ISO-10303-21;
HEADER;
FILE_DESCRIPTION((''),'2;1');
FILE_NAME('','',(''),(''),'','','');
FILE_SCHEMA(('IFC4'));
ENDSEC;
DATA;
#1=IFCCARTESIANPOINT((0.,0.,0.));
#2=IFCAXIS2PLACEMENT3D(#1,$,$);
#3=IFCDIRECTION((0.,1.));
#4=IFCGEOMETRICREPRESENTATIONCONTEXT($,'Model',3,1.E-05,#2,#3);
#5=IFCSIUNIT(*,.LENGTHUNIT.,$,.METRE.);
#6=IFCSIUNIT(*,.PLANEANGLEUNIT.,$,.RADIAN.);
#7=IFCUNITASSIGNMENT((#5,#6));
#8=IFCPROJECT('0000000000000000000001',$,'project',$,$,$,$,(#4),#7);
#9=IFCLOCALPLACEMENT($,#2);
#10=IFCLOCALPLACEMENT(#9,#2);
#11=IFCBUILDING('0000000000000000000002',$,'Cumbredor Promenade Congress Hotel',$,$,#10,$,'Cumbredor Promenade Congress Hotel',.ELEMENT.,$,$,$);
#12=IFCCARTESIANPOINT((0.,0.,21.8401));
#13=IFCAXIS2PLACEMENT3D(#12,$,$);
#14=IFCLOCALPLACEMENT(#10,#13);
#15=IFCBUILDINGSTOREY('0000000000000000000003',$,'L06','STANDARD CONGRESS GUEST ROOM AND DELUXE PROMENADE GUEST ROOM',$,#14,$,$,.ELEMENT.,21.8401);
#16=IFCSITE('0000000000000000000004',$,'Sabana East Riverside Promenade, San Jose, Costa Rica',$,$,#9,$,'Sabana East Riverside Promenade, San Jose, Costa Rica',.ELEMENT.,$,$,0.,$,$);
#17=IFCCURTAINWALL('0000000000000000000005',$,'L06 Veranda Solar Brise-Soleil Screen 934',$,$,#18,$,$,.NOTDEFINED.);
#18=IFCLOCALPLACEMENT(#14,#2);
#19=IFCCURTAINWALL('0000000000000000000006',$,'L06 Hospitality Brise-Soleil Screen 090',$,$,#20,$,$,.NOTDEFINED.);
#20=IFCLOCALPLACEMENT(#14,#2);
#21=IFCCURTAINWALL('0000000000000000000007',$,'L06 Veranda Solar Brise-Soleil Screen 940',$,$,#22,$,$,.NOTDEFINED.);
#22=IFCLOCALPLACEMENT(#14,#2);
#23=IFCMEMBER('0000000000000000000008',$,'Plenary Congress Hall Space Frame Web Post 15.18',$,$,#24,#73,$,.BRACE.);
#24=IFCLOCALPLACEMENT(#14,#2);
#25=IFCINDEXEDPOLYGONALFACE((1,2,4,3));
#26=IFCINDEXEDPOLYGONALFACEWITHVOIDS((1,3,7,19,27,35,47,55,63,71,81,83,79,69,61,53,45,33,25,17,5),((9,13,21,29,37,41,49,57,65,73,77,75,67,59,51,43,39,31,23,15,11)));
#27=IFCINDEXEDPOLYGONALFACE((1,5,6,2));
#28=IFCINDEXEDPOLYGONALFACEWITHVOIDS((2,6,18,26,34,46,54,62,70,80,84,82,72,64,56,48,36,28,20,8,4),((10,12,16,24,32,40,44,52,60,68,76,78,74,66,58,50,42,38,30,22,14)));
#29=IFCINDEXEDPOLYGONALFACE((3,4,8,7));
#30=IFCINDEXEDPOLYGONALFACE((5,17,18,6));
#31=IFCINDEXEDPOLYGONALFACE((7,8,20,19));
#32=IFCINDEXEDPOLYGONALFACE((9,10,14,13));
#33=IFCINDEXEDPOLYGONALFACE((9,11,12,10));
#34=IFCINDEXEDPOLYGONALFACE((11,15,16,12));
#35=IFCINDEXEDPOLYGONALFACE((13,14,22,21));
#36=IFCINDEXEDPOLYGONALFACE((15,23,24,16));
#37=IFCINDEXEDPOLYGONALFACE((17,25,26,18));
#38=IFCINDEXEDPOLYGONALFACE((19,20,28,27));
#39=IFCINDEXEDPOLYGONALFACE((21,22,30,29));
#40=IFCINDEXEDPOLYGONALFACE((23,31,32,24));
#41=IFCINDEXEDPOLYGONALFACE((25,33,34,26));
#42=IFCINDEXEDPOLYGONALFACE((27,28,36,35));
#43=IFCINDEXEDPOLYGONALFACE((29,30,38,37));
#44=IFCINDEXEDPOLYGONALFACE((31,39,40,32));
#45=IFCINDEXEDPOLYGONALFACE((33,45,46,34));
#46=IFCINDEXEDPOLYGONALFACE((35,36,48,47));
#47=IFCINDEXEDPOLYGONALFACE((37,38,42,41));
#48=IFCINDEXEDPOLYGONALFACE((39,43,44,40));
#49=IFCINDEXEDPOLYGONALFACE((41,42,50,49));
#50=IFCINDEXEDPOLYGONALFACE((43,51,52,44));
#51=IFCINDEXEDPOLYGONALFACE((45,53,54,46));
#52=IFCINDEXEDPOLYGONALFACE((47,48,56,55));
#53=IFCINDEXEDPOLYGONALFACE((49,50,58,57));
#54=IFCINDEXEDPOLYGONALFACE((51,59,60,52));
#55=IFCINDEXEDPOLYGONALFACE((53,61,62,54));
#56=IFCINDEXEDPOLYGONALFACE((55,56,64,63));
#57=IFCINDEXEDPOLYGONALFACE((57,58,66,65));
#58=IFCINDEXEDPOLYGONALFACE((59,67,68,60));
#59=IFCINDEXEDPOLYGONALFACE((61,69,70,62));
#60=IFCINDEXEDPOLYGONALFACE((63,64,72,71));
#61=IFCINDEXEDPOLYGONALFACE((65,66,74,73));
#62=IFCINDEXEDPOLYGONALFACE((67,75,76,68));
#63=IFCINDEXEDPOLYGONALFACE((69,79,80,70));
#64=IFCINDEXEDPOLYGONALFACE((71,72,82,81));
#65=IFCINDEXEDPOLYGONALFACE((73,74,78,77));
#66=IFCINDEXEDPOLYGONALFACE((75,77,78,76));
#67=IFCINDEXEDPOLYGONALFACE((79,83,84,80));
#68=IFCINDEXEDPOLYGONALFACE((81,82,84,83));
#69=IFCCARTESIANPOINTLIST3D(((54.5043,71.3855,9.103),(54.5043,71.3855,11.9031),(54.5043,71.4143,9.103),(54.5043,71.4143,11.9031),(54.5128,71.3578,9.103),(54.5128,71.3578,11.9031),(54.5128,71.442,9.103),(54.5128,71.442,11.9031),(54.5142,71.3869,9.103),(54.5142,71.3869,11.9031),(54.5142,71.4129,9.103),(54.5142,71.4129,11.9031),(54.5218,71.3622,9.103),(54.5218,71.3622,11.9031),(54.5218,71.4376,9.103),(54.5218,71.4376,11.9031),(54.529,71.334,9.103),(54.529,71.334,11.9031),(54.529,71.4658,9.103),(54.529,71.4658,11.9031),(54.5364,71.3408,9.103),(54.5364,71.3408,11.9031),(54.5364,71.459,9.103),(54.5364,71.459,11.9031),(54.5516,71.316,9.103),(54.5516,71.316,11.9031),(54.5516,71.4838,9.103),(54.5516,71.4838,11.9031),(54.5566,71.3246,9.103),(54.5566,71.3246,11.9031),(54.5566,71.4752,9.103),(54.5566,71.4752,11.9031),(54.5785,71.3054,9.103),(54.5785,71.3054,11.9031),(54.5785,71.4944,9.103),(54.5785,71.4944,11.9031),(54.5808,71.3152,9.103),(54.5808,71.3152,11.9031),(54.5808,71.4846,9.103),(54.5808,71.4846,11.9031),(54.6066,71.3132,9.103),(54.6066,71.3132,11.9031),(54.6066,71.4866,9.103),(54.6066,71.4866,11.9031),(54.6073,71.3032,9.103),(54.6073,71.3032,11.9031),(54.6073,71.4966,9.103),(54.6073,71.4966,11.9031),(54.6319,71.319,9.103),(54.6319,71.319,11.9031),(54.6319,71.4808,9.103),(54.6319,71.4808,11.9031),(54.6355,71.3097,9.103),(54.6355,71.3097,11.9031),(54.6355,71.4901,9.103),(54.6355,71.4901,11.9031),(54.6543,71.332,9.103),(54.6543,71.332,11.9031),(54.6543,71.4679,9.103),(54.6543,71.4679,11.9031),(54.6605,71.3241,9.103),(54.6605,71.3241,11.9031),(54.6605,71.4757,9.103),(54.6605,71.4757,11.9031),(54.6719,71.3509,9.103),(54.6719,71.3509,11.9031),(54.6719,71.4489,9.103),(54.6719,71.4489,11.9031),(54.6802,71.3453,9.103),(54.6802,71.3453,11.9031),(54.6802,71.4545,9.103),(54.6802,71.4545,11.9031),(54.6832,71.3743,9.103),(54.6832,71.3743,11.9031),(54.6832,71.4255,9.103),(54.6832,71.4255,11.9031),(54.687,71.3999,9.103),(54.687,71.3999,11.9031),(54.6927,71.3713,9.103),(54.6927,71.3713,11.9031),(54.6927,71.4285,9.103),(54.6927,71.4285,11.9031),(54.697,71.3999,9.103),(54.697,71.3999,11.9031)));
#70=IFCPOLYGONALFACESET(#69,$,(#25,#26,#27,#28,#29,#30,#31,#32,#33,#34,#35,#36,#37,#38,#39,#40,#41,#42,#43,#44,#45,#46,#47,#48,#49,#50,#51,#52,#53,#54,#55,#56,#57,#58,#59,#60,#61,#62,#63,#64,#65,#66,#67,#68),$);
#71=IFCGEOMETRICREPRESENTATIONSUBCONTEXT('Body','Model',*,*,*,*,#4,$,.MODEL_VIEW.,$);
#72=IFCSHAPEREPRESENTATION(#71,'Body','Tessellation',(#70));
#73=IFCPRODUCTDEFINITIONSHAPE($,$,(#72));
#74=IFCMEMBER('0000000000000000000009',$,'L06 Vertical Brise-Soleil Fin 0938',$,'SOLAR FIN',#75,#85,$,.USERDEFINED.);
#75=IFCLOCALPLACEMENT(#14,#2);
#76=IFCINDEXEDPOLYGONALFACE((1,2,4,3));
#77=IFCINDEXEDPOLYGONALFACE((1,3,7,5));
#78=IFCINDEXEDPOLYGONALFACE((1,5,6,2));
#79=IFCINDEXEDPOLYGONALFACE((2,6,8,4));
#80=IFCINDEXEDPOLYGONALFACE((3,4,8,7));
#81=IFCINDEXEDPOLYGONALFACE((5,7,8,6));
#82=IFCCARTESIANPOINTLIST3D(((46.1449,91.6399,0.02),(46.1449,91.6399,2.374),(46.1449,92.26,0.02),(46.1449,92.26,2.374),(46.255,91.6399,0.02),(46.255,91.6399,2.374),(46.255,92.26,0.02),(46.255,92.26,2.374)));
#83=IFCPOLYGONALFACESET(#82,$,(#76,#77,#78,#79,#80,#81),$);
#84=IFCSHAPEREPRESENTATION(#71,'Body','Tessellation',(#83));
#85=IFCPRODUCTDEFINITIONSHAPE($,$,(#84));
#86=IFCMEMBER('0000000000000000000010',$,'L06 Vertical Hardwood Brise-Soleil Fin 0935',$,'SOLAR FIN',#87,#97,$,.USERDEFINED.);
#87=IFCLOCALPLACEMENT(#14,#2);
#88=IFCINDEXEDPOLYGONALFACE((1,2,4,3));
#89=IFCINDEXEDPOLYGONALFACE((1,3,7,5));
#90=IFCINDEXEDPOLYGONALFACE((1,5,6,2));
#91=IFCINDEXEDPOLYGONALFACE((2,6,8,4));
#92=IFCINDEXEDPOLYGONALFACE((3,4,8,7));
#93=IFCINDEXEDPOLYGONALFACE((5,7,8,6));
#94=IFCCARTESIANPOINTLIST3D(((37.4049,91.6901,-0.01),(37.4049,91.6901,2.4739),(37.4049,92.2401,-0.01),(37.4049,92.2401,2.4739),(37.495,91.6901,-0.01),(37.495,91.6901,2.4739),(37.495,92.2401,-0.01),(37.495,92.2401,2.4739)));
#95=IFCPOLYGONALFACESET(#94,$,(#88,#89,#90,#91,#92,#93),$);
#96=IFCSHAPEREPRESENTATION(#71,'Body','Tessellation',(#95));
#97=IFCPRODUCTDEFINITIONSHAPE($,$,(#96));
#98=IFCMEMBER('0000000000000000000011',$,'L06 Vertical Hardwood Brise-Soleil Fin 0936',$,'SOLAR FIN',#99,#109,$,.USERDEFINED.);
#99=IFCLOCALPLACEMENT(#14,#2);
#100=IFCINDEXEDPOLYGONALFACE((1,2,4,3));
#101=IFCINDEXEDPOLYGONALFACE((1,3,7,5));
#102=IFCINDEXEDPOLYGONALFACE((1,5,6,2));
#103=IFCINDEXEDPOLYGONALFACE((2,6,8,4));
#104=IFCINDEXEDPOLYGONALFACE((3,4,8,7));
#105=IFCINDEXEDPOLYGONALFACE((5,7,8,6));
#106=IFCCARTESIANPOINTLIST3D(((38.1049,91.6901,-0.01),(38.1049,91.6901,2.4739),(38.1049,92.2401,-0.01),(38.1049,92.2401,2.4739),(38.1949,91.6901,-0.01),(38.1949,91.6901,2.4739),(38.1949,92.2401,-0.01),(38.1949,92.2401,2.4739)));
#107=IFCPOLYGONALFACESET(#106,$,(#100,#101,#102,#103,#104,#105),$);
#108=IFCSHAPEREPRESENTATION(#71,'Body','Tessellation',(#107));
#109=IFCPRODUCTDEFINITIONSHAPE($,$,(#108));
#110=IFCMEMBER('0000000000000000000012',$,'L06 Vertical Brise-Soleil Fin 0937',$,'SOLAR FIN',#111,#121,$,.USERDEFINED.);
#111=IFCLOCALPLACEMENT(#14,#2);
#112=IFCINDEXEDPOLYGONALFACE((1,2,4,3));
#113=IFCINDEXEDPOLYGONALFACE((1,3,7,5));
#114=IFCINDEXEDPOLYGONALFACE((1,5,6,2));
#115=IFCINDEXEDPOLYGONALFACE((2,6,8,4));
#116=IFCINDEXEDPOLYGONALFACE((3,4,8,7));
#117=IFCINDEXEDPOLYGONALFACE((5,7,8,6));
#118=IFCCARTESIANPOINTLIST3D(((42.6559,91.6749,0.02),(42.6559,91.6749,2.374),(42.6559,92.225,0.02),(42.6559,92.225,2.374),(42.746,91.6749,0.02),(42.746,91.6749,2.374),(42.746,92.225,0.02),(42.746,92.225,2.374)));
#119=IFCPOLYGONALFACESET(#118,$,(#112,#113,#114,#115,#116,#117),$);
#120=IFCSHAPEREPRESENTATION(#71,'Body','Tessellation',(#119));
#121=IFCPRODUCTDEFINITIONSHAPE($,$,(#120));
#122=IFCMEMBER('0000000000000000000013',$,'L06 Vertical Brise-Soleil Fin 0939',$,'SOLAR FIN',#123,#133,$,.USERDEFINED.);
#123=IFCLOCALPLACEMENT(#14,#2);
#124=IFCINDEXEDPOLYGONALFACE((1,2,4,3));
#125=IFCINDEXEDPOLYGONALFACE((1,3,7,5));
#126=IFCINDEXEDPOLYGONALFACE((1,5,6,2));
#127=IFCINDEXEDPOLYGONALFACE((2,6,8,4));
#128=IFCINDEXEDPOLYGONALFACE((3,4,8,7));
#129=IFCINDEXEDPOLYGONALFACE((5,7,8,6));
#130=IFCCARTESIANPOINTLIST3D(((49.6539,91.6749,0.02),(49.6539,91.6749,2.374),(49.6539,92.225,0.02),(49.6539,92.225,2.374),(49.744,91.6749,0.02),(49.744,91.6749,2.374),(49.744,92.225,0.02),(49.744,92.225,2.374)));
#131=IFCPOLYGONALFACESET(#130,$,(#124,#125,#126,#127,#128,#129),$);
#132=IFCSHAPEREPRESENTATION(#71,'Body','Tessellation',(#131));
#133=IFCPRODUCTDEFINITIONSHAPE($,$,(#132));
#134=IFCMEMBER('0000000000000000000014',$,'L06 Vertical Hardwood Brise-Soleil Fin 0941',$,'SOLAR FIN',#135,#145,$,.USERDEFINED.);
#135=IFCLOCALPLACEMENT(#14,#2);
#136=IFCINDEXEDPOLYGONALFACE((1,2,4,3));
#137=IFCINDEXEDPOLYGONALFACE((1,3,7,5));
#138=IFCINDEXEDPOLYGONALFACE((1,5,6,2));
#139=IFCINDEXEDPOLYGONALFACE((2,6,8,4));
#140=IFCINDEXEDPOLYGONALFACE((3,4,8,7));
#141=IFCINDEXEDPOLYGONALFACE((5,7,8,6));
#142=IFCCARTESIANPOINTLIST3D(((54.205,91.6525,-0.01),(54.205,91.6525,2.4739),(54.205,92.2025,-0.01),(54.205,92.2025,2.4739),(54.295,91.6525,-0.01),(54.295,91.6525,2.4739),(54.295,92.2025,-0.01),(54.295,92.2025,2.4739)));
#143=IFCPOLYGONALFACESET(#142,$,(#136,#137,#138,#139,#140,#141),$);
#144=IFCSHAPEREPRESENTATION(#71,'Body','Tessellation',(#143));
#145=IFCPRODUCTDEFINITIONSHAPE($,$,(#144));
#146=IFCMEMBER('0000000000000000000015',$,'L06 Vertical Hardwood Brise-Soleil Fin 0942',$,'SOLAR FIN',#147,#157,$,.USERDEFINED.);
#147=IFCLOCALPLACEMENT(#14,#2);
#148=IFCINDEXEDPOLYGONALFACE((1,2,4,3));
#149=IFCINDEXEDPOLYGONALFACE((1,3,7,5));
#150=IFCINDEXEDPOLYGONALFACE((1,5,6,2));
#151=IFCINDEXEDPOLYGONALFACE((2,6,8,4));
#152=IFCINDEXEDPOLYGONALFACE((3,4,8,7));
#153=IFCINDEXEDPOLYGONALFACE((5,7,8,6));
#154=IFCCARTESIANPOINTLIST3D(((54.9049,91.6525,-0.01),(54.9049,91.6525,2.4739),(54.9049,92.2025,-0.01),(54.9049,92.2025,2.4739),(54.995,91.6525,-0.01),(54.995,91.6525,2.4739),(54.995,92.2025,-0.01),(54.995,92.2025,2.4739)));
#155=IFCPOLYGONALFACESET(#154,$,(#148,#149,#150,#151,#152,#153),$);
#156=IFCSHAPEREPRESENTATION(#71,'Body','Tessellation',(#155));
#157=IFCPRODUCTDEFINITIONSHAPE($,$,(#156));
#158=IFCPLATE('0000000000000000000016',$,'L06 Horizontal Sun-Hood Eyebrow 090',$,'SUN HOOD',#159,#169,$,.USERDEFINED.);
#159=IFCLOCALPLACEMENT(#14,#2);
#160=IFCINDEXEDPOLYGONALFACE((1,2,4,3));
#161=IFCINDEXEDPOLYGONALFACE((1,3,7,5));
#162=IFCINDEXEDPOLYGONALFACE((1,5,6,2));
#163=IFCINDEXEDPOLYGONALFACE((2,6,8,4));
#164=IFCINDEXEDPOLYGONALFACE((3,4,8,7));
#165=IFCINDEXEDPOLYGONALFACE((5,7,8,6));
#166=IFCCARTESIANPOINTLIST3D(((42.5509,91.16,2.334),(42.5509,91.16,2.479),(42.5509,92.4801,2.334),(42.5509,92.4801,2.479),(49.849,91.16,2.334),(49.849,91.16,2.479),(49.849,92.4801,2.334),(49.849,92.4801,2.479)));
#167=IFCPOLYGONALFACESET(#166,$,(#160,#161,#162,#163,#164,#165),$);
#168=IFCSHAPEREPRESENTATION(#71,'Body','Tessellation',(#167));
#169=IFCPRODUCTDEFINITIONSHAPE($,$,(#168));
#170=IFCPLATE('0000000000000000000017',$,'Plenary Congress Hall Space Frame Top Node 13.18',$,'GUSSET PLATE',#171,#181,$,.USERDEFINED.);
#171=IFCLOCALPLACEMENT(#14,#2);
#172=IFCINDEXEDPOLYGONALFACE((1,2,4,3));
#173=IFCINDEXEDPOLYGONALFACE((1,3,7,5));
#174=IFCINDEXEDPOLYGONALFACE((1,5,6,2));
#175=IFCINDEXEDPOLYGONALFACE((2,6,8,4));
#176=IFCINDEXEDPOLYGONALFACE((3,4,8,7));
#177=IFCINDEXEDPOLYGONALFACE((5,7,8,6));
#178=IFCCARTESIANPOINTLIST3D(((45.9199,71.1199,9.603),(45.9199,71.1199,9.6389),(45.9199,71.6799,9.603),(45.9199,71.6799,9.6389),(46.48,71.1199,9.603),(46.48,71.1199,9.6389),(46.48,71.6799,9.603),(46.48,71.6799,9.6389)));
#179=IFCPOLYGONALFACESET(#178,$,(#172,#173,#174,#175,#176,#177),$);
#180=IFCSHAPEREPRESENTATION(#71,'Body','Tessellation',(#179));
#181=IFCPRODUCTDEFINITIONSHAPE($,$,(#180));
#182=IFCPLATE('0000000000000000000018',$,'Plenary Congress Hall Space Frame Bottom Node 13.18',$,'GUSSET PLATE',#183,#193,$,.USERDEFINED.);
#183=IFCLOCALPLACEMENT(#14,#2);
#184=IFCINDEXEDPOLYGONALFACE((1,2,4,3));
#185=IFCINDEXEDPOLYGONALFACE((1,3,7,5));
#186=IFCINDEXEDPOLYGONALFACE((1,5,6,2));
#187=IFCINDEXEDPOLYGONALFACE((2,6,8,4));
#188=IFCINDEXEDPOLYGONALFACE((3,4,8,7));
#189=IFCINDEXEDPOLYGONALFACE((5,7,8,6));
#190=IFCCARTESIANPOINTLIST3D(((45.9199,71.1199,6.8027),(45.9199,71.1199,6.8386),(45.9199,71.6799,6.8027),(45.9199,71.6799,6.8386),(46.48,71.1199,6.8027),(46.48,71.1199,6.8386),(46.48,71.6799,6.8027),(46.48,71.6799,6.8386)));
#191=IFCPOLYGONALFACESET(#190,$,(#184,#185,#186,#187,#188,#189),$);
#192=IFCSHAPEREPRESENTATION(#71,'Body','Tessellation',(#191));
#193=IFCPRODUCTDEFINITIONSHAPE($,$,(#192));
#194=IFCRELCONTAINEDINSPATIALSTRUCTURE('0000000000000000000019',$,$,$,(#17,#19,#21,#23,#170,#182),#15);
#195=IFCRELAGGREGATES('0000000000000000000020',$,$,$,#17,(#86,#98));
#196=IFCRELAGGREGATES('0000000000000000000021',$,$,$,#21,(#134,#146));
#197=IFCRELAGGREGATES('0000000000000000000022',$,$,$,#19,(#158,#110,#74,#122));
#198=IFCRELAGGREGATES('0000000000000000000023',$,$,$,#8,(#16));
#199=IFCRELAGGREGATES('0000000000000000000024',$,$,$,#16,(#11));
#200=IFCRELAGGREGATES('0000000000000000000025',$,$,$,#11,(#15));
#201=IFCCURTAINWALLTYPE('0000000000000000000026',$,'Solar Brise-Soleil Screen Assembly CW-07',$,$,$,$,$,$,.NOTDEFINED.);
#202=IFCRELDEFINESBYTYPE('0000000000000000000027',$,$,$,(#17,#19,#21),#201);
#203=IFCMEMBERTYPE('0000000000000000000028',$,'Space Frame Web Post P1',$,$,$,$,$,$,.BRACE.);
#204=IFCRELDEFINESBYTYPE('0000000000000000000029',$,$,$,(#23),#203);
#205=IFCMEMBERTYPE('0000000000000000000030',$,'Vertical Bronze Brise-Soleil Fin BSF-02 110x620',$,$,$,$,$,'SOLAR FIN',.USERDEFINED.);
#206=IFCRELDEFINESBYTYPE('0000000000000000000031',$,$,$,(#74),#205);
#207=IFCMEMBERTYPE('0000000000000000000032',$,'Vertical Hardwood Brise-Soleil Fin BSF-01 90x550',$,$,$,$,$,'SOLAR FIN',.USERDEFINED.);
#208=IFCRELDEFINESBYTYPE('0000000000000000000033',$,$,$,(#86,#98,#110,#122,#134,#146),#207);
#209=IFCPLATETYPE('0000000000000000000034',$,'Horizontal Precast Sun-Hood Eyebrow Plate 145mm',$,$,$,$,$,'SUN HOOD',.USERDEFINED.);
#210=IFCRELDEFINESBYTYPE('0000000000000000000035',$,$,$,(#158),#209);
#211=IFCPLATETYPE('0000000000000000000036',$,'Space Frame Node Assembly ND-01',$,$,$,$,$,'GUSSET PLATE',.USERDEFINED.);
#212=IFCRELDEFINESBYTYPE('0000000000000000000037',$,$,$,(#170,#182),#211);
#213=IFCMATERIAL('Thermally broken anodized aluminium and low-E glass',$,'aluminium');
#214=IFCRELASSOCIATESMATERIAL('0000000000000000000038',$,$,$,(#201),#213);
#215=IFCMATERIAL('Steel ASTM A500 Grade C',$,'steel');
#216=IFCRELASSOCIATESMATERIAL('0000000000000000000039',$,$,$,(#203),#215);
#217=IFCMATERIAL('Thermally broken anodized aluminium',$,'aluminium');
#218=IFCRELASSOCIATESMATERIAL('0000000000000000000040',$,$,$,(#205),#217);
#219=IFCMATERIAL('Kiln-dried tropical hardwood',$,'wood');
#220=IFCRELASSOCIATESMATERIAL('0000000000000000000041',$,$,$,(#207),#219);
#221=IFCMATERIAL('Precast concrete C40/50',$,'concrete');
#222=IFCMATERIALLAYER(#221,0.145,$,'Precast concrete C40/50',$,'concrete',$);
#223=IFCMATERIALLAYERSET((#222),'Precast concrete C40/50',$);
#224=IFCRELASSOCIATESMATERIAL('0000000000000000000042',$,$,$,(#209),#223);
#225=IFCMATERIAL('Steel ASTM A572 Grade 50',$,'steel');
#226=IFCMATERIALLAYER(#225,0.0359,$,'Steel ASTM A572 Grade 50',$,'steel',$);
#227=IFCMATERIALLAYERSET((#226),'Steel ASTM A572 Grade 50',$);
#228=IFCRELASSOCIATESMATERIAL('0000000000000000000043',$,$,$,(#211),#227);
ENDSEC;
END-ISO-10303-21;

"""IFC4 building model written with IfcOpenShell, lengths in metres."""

from ifc_helpers import new_model, si_unit, direction, frame, origin, origin_2d, place, context, subcontext, project, spatial, rectangle, hollow_circle, extrude, material, layer, layer_set, material_profile, profile_set, type_object, element, aggregate, save


model = new_model("IFC4")

# Units and contexts
model_context = context("Model", 3, precision=1e-05, world=origin(), true_north=direction((0.0, 1.0)))
body_context = subcontext(model_context, "Body", "Model", "MODEL_VIEW")
ifc_project = project(units=[si_unit("LENGTHUNIT", "METRE"), si_unit("PLANEANGLEUNIT", "RADIAN")], contexts=[model_context])

# Site, building, storey
site_placement = place(None, origin())
site = spatial("IfcSite", under=ifc_project, at=site_placement, Name="Sabana East Riverside Promenade, San Jose, Costa Rica", LongName="Sabana East Riverside Promenade, San Jose, Costa Rica", CompositionType="ELEMENT", RefElevation=0.0)
building_placement = place(site_placement, origin())
building = spatial("IfcBuilding", under=site, at=building_placement, Name="Cumbredor Promenade Congress Hotel", LongName="Cumbredor Promenade Congress Hotel", CompositionType="ELEMENT")
storey_placement = place(building_placement, frame((0.0, 0.0, 21.8401)))
storey = spatial("IfcBuildingStorey", under=building, at=storey_placement, Name="L06", Description="STANDARD CONGRESS GUEST ROOM AND DELUXE PROMENADE GUEST ROOM", CompositionType="ELEMENT", Elevation=21.8401)

# Curtain walls
ifc_material_1 = material(Name="Thermally broken anodized aluminium and low-E glass", Category="aluminium")
curtain_wall_type = type_object("IfcCurtainWallType", Name="Solar Brise-Soleil Screen Assembly CW-07", PredefinedType="NOTDEFINED", material=ifc_material_1)
curtain_wall_1_placement = place(storey_placement, origin())
curtain_wall_1 = element("IfcCurtainWall", 1, at=curtain_wall_1_placement, inside=storey, type_object=curtain_wall_type, Name="L06 Veranda Solar Brise-Soleil Screen 934", PredefinedType="NOTDEFINED")
ifc_material_2 = material(Name="Thermally broken anodized aluminium", Category="aluminium")
curtain_wall_2_placement = place(storey_placement, origin())
curtain_wall_2 = element("IfcCurtainWall", 2, at=curtain_wall_2_placement, inside=storey, type_object=curtain_wall_type, Name="L06 Hospitality Brise-Soleil Screen 090", PredefinedType="NOTDEFINED")
curtain_wall_3_placement = place(storey_placement, origin())
curtain_wall_3 = element("IfcCurtainWall", 3, at=curtain_wall_3_placement, inside=storey, type_object=curtain_wall_type, Name="L06 Veranda Solar Brise-Soleil Screen 940", PredefinedType="NOTDEFINED")

# Member
ifc_material_3 = material(Name="Steel ASTM A500 Grade C", Category="steel")
ifc_material_profile_1 = material_profile(ifc_material_3, hollow_circle(Radius=0.0969, WallThickness=0.01, at=origin_2d()), Name="CHS 193.7x10")
ifc_profile_set_1 = profile_set([ifc_material_profile_1], Name="Steel ASTM A500 Grade C")
member_type_1 = type_object("IfcMemberType", Name="Space Frame Web Post P1", PredefinedType="BRACE", material=ifc_profile_set_1)
for number, where, z_axis, x_axis, name in (
    (4, (54.6001, 71.3999, 9.103), (0.0, 0.0, 1.0), (1.0, 0.0, 0.0), "Plenary Congress Hall Space Frame Web Post 15.18"),
):
    element("IfcMember", number, at=place(storey_placement, frame(where, z_axis=z_axis, x_axis=x_axis)), inside=storey, type_object=member_type_1, Name=name, PredefinedType="BRACE", context=body_context, shape_type="SweptSolid", body=[
        extrude(hollow_circle(Radius=0.0969, WallThickness=0.01, at=origin_2d()), origin(), (0.0, 0.0, 1.0), 2.8),
    ])

# Members
ifc_material_profile_2 = material_profile(ifc_material_2, rectangle(XDim=0.1101, YDim=0.6201, at=origin_2d()), Name="ARCH FIN 110x620")
ifc_profile_set_2 = profile_set([ifc_material_profile_2], Name="Thermally broken anodized aluminium")
member_type_2 = type_object("IfcMemberType", Name="Vertical Bronze Brise-Soleil Fin BSF-02 110x620", ElementType="SOLAR FIN", PredefinedType="USERDEFINED", material=ifc_profile_set_2)
member_1_placement = place(storey_placement, frame((46.2, 91.95, 0.02), z_axis=(0.0, 0.0, 1.0), x_axis=(1.0, 0.0, 0.0)))
member_1 = element("IfcMember", 5, at=member_1_placement, type_object=member_type_2, Name="L06 Vertical Brise-Soleil Fin 0938", ObjectType="SOLAR FIN", PredefinedType="USERDEFINED", context=body_context, shape_type="SweptSolid", body=[
    extrude(rectangle(XDim=0.1101, YDim=0.6201, at=origin_2d()), origin(), (0.0, 0.0, 1.0), 2.354),
])
ifc_material_4 = material(Name="Kiln-dried tropical hardwood", Category="wood")
ifc_material_profile_3 = material_profile(ifc_material_4, rectangle(XDim=0.0901, YDim=0.55, at=origin_2d()), Name="ARCH FIN 90x550")
ifc_profile_set_3 = profile_set([ifc_material_profile_3], Name="Kiln-dried tropical hardwood")
member_type_3 = type_object("IfcMemberType", Name="Vertical Hardwood Brise-Soleil Fin BSF-01 90x550", ElementType="SOLAR FIN", PredefinedType="USERDEFINED", material=ifc_profile_set_3)
member_2_placement = place(storey_placement, frame((37.45, 91.9651, -0.01), z_axis=(0.0, 0.0, 1.0), x_axis=(1.0, 0.0, 0.0)))
member_2 = element("IfcMember", 6, at=member_2_placement, type_object=member_type_3, Name="L06 Vertical Hardwood Brise-Soleil Fin 0935", ObjectType="SOLAR FIN", PredefinedType="USERDEFINED", context=body_context, shape_type="SweptSolid", body=[
    extrude(rectangle(XDim=0.0901, YDim=0.55, at=origin_2d()), origin(), (0.0, 0.0, 1.0), 2.4839),
])
member_3_placement = place(storey_placement, frame((38.1499, 91.9651, -0.01), z_axis=(0.0, 0.0, 1.0), x_axis=(1.0, 0.0, 0.0)))
member_3 = element("IfcMember", 7, at=member_3_placement, type_object=member_type_3, Name="L06 Vertical Hardwood Brise-Soleil Fin 0936", ObjectType="SOLAR FIN", PredefinedType="USERDEFINED", context=body_context, shape_type="SweptSolid", body=[
    extrude(rectangle(XDim=0.0901, YDim=0.55, at=origin_2d()), origin(), (0.0, 0.0, 1.0), 2.4839),
])
aggregate(curtain_wall_1, [member_2, member_3])
member_4_placement = place(storey_placement, frame((42.7009, 91.95, 0.02), z_axis=(0.0, 0.0, 1.0), x_axis=(1.0, 0.0, 0.0)))
member_4 = element("IfcMember", 8, at=member_4_placement, type_object=member_type_3, Name="L06 Vertical Brise-Soleil Fin 0937", ObjectType="SOLAR FIN", PredefinedType="USERDEFINED", context=body_context, shape_type="SweptSolid", body=[
    extrude(rectangle(XDim=0.0901, YDim=0.55, at=origin_2d()), origin(), (0.0, 0.0, 1.0), 2.354),
])
member_5_placement = place(storey_placement, frame((49.699, 91.95, 0.02), z_axis=(0.0, 0.0, 1.0), x_axis=(1.0, 0.0, 0.0)))
member_5 = element("IfcMember", 9, at=member_5_placement, type_object=member_type_3, Name="L06 Vertical Brise-Soleil Fin 0939", ObjectType="SOLAR FIN", PredefinedType="USERDEFINED", context=body_context, shape_type="SweptSolid", body=[
    extrude(rectangle(XDim=0.0901, YDim=0.55, at=origin_2d()), origin(), (0.0, 0.0, 1.0), 2.354),
])
member_6_placement = place(storey_placement, frame((54.25, 91.9275, -0.01), z_axis=(0.0, 0.0, 1.0), x_axis=(1.0, 0.0, 0.0)))
member_6 = element("IfcMember", 10, at=member_6_placement, type_object=member_type_3, Name="L06 Vertical Hardwood Brise-Soleil Fin 0941", ObjectType="SOLAR FIN", PredefinedType="USERDEFINED", context=body_context, shape_type="SweptSolid", body=[
    extrude(rectangle(XDim=0.0901, YDim=0.55, at=origin_2d()), origin(), (0.0, 0.0, 1.0), 2.4839),
])
member_7_placement = place(storey_placement, frame((54.95, 91.9275, -0.01), z_axis=(0.0, 0.0, 1.0), x_axis=(1.0, 0.0, 0.0)))
member_7 = element("IfcMember", 11, at=member_7_placement, type_object=member_type_3, Name="L06 Vertical Hardwood Brise-Soleil Fin 0942", ObjectType="SOLAR FIN", PredefinedType="USERDEFINED", context=body_context, shape_type="SweptSolid", body=[
    extrude(rectangle(XDim=0.0901, YDim=0.55, at=origin_2d()), origin(), (0.0, 0.0, 1.0), 2.4839),
])
aggregate(curtain_wall_3, [member_6, member_7])

# Plate
ifc_material_5 = material(Name="Precast concrete C40/50", Category="concrete")
ifc_layer_1 = layer(ifc_material_5, 0.145, Name="Precast concrete C40/50", Category="concrete")
ifc_layer_set_1 = layer_set([ifc_layer_1], Name="Precast concrete C40/50")
plate_type_1 = type_object("IfcPlateType", Name="Horizontal Precast Sun-Hood Eyebrow Plate 145mm", ElementType="SUN HOOD", PredefinedType="USERDEFINED", material=ifc_layer_set_1)
plate_placement = place(storey_placement, frame((46.2, 91.8201, 2.334), z_axis=(0.0, 0.0, 1.0), x_axis=(1.0, 0.0, 0.0)))
plate = element("IfcPlate", 12, at=plate_placement, type_object=plate_type_1, Name="L06 Horizontal Sun-Hood Eyebrow 090", ObjectType="SUN HOOD", PredefinedType="USERDEFINED", context=body_context, shape_type="SweptSolid", body=[
    extrude(rectangle(XDim=7.2981, YDim=1.3201, at=origin_2d()), origin(), (0.0, 0.0, 1.0), 0.145),
])
aggregate(curtain_wall_2, [plate, member_4, member_1, member_5])

# Plates
ifc_material_6 = material(Name="Steel ASTM A572 Grade 50", Category="steel")
ifc_layer_2 = layer(ifc_material_6, 0.0359, Name="Steel ASTM A572 Grade 50", Category="steel")
ifc_layer_set_2 = layer_set([ifc_layer_2], Name="Steel ASTM A572 Grade 50")
plate_type_2 = type_object("IfcPlateType", Name="Space Frame Node Assembly ND-01", ElementType="GUSSET PLATE", PredefinedType="USERDEFINED", material=ifc_layer_set_2)
for number, where, z_axis, x_axis, name in (
    (13, (46.2, 71.3999, 9.603), (0.0, 0.0, 1.0), (1.0, 0.0, 0.0), "Plenary Congress Hall Space Frame Top Node 13.18"),
    (14, (46.2, 71.3999, 6.8027), (0.0, 0.0, 1.0), (1.0, 0.0, 0.0), "Plenary Congress Hall Space Frame Bottom Node 13.18"),
):
    element("IfcPlate", number, at=place(storey_placement, frame(where, z_axis=z_axis, x_axis=x_axis)), inside=storey, type_object=plate_type_2, Name=name, ObjectType="GUSSET PLATE", PredefinedType="USERDEFINED", context=body_context, shape_type="SweptSolid", body=[
        extrude(rectangle(XDim=0.5601, YDim=0.5601, at=origin_2d()), origin(), (0.0, 0.0, 1.0), 0.0359),
    ])

save(model, "model.ifc")
